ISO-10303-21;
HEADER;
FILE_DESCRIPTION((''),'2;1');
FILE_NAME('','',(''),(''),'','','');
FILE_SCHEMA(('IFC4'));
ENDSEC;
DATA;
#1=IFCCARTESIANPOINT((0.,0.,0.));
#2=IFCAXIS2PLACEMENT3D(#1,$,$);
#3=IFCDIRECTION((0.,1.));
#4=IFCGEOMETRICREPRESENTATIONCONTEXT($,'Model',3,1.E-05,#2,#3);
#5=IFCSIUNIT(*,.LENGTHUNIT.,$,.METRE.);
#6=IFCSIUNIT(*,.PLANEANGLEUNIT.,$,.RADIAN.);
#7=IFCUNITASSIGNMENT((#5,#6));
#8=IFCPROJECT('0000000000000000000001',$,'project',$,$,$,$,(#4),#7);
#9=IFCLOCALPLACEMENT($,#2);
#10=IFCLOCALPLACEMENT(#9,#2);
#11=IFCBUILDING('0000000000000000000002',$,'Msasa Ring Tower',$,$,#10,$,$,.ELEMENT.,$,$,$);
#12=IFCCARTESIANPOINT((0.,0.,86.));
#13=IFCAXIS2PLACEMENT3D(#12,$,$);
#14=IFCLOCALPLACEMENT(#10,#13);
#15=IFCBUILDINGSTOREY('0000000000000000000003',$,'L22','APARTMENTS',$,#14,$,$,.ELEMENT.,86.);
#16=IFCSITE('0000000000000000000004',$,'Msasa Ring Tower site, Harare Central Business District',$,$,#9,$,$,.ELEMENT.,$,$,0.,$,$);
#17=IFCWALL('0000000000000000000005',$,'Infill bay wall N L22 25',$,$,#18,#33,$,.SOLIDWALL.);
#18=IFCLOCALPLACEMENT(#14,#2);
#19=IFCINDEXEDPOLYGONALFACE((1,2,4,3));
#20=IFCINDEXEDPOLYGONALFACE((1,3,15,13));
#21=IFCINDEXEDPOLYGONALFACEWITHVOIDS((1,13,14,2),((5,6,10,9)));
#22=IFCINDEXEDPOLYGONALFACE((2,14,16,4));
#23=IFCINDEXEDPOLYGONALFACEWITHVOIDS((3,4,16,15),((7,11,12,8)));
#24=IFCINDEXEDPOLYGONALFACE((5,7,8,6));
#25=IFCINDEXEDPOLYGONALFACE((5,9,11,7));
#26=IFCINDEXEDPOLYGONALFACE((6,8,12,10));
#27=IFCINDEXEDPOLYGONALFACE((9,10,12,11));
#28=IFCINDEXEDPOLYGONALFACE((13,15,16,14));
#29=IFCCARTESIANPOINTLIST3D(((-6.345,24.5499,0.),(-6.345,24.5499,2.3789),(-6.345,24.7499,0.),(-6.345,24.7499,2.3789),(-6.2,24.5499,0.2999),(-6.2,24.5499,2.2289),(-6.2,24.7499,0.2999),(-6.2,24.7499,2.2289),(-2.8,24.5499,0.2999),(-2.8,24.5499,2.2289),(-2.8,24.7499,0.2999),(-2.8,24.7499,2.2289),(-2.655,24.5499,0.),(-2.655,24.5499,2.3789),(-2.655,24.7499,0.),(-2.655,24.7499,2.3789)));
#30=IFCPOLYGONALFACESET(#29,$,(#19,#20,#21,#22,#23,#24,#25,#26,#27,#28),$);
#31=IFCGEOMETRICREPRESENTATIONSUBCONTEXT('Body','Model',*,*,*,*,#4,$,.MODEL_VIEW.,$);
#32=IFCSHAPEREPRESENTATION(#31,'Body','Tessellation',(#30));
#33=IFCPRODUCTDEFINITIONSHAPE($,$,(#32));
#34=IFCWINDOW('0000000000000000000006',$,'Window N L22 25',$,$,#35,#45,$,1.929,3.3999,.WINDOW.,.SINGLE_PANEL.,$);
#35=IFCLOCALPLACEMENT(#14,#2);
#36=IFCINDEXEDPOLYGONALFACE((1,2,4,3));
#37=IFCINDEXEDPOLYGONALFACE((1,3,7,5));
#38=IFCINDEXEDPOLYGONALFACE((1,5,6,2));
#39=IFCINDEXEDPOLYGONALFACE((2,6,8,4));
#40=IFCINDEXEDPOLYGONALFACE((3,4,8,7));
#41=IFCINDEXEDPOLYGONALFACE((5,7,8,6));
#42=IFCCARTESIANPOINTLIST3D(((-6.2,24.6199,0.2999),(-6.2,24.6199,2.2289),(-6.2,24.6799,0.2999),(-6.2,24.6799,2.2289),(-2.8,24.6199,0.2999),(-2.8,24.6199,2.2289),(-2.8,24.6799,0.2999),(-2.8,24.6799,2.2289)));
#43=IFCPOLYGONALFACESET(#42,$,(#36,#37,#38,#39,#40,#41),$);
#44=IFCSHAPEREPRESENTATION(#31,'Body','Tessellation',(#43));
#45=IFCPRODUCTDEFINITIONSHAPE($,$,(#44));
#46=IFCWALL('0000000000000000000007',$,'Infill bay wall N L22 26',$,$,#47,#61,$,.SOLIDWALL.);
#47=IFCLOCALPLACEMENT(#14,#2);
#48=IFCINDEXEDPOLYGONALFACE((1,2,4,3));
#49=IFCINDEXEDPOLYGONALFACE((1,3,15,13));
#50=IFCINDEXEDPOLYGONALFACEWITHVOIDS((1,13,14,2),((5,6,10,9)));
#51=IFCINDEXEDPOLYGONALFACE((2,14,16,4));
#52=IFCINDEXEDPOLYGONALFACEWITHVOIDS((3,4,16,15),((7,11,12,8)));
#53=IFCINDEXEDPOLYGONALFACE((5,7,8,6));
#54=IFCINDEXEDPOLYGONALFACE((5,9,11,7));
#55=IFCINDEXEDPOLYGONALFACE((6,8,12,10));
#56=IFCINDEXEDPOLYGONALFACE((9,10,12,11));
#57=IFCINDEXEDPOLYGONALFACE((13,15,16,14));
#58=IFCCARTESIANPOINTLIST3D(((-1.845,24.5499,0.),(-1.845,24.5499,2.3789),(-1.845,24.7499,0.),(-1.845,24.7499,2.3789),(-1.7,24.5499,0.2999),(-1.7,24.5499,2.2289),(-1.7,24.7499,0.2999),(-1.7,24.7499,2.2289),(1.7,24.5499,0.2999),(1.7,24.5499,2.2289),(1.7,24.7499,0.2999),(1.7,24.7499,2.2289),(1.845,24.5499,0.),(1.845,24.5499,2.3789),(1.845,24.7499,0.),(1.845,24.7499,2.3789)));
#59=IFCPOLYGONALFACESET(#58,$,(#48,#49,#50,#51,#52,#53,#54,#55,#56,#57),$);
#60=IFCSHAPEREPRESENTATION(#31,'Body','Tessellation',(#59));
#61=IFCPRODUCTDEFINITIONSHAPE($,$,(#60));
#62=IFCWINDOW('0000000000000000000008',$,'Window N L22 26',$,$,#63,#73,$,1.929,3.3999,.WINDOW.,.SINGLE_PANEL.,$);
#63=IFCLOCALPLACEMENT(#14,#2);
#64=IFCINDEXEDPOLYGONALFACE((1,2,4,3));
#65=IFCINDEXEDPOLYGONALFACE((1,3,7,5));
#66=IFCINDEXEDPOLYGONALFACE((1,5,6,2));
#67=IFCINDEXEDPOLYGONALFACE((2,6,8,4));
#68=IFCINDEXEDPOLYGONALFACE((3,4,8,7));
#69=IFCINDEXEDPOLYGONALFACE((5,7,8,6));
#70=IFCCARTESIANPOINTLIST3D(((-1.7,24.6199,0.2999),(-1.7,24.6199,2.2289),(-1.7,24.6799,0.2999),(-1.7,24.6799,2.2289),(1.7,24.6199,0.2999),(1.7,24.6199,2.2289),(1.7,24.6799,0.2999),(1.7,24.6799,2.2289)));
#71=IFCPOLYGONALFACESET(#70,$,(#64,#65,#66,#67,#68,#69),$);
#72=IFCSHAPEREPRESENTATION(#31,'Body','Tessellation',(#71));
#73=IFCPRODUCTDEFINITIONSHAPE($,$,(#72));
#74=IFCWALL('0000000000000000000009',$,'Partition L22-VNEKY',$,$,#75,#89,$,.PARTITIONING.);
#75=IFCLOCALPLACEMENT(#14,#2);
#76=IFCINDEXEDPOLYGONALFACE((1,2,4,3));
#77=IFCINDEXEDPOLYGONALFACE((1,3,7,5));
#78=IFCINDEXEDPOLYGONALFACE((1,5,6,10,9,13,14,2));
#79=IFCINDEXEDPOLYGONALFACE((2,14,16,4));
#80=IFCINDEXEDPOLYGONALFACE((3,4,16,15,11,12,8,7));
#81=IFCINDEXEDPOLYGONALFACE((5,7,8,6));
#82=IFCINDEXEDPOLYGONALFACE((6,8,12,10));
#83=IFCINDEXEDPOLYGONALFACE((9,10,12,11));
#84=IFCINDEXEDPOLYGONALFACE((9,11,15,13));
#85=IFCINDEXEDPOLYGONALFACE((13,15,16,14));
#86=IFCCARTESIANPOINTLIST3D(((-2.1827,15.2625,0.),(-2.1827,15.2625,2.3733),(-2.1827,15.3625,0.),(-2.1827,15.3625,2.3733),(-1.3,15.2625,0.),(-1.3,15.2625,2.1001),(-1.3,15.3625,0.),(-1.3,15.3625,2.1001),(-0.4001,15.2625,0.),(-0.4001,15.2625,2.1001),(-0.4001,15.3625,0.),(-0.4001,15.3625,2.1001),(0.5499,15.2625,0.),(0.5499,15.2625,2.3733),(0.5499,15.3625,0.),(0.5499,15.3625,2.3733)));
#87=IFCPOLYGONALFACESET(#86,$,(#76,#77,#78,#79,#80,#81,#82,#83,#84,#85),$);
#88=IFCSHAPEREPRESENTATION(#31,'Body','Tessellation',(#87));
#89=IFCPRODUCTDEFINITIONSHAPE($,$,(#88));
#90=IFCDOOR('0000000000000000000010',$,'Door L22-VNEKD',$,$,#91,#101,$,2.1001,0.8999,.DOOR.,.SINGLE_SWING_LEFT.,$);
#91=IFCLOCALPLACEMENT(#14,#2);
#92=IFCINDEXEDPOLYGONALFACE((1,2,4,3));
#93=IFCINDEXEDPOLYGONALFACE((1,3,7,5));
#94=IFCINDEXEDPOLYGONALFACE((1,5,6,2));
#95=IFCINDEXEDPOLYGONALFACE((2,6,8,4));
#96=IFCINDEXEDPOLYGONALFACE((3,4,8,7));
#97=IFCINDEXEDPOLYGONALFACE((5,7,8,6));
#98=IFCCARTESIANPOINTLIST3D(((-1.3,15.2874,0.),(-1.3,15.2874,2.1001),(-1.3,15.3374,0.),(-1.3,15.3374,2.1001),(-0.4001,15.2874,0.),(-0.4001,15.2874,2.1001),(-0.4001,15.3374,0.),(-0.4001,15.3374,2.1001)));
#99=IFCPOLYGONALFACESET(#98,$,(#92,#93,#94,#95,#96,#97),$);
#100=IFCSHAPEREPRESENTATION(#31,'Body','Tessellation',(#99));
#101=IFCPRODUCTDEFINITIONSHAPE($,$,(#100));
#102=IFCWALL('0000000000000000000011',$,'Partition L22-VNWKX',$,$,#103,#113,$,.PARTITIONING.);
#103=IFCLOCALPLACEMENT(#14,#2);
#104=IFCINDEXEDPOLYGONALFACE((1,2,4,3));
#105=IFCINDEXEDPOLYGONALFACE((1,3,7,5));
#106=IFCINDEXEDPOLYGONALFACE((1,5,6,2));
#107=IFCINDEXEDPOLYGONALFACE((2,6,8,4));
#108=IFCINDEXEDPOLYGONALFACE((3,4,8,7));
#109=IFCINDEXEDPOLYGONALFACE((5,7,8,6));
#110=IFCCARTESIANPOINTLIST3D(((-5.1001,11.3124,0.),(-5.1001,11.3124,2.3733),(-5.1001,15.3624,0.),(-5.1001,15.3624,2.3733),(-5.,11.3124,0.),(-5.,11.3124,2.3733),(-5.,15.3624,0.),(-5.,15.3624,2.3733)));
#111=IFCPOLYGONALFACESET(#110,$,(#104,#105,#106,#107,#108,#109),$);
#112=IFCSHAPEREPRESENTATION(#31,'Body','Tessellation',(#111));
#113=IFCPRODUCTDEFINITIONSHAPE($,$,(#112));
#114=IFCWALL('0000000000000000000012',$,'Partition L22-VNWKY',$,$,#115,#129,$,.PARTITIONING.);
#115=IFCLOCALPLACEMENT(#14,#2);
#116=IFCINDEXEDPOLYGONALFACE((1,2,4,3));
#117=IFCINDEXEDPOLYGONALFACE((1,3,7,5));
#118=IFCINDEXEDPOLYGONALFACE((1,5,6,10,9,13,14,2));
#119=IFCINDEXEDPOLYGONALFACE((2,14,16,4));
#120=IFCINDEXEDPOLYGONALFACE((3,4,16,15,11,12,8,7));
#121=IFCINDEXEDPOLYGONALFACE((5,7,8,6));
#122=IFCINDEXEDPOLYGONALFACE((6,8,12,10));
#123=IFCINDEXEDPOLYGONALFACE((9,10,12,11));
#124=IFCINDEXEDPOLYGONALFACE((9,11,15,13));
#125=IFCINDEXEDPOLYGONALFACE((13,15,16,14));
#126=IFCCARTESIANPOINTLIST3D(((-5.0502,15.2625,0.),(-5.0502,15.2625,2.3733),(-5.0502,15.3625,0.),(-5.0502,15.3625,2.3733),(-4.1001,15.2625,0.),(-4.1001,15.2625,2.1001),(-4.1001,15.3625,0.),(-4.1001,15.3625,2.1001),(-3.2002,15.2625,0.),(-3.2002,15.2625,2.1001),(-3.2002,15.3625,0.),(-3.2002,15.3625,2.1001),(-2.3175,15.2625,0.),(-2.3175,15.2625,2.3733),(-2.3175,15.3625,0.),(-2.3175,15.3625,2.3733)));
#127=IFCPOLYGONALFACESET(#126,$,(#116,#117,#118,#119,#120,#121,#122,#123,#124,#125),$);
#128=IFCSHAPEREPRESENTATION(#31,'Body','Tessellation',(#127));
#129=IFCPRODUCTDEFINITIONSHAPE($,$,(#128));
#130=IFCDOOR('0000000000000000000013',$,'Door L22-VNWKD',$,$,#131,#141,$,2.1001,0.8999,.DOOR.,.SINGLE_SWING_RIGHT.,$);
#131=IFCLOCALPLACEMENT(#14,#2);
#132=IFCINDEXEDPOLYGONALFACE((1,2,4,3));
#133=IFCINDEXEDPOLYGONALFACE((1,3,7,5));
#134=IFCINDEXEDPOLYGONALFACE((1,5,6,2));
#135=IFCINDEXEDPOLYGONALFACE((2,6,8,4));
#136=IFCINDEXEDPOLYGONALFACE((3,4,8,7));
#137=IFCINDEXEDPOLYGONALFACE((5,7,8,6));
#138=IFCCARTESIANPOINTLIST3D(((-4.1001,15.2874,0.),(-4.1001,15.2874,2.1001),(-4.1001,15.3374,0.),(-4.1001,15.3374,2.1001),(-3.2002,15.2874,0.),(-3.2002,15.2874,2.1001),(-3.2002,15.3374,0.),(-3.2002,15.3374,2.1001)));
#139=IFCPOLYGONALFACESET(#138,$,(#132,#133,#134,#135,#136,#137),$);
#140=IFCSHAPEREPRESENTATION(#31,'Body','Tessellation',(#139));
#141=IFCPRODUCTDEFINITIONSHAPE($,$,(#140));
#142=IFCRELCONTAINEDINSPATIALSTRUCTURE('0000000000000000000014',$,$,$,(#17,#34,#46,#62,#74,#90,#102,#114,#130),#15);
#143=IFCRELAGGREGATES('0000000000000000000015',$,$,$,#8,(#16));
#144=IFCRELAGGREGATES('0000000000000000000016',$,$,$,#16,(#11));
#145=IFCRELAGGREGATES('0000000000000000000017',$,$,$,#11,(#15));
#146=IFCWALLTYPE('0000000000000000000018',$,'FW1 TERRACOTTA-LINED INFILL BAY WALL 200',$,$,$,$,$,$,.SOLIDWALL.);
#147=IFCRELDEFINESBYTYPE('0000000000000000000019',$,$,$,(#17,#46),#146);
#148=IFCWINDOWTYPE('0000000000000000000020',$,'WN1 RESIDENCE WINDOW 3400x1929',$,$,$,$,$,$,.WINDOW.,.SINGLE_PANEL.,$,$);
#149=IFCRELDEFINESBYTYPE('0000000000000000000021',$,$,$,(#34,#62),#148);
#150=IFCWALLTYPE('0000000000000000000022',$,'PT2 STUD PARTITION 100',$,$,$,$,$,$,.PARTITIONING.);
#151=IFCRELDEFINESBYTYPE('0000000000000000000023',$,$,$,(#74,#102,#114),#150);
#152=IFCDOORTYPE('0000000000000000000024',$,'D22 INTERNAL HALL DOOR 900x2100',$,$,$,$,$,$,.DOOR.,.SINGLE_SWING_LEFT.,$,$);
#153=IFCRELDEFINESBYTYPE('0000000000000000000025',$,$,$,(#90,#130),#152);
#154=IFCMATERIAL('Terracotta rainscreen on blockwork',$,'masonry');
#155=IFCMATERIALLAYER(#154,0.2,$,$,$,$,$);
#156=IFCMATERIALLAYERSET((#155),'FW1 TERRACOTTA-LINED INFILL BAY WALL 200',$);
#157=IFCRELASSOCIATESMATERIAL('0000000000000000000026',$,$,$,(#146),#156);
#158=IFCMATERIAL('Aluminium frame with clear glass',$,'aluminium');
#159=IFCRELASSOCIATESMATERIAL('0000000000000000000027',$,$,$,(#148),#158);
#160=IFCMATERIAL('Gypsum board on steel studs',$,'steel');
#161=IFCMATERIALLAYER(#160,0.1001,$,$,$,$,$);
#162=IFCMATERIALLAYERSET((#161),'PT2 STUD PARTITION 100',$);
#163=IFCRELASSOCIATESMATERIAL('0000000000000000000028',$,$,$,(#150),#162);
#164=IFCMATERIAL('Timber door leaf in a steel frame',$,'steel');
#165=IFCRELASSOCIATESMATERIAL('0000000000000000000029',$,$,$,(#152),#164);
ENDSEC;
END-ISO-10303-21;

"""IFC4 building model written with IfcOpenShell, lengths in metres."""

from ifc_helpers import new_model, si_unit, direction, frame, frame_2d, origin, place, context, subcontext, project, spatial, rectangle, extrude, material, layer, layer_set, type_object, element, fill, save


model = new_model("IFC4")

# Units and contexts
model_context = context("Model", 3, precision=1e-05, world=origin(), true_north=direction((0.0, 1.0)))
body_context = subcontext(model_context, "Body", "Model", "MODEL_VIEW")
ifc_project = project(units=[si_unit("LENGTHUNIT", "METRE"), si_unit("PLANEANGLEUNIT", "RADIAN")], contexts=[model_context])

# Site, building, storey
site_placement = place(None, origin())
site = spatial("IfcSite", under=ifc_project, at=site_placement, Name="Msasa Ring Tower site, Harare Central Business District", CompositionType="ELEMENT", RefElevation=0.0)
building_placement = place(site_placement, origin())
building = spatial("IfcBuilding", under=site, at=building_placement, Name="Msasa Ring Tower", CompositionType="ELEMENT")
storey_placement = place(building_placement, frame((0.0, 0.0, 86.0)))
storey = spatial("IfcBuildingStorey", under=building, at=storey_placement, Name="L22", Description="APARTMENTS", CompositionType="ELEMENT", Elevation=86.0)

# Walls, openings, windows
ifc_material_1 = material(Name="Terracotta rainscreen on blockwork", Category="masonry")
ifc_layer_1 = layer(ifc_material_1, 0.2)
ifc_layer_set_1 = layer_set([ifc_layer_1], Name="FW1 TERRACOTTA-LINED INFILL BAY WALL 200")
wall_type_1 = type_object("IfcWallType", Name="FW1 TERRACOTTA-LINED INFILL BAY WALL 200", PredefinedType="SOLIDWALL", material=ifc_layer_set_1)
ifc_material_2 = material(Name="Aluminium frame with clear glass", Category="aluminium")
window_type = type_object("IfcWindowType", Name="WN1 RESIDENCE WINDOW 3400x1929", PartitioningType="SINGLE_PANEL", PredefinedType="WINDOW", material=ifc_material_2)
wall_1_placement = place(storey_placement, frame((-6.345, 24.6499, 0.0), z_axis=(0.0, 0.0, 1.0), x_axis=(1.0, 0.0, 0.0)))
wall_1 = element("IfcWall", 1, at=wall_1_placement, inside=storey, type_object=wall_type_1, Name="Infill bay wall N L22 25", PredefinedType="SOLIDWALL", context=body_context, shape_type="SweptSolid", body=[
    extrude(rectangle(XDim=3.6899, YDim=0.2, at=frame_2d((1.845, 0.0))), origin(), (0.0, 0.0, 1.0), 2.3789),
])
opening_1_placement = place(wall_1_placement, frame((0.145, 0.0, 0.3)))
opening_1 = element("IfcOpeningElement", 2, at=opening_1_placement, cuts=wall_1, PredefinedType="OPENING", context=body_context, shape_type="SweptSolid", body=[
    extrude(rectangle(XDim=3.3999, YDim=1.929, at=frame_2d((1.7, 0.9644))), frame((0.0, 0.1099, 0.0), z_axis=(0.0, -1.0, 0.0), x_axis=(1.0, 0.0, 0.0)), (0.0, 0.0, 1.0), 0.22),
])
window_1_placement = place(opening_1_placement, origin())
window_1 = element("IfcWindow", 3, at=window_1_placement, inside=storey, type_object=window_type, Name="Window N L22 25", OverallHeight=1.929, OverallWidth=3.3999, PartitioningType="SINGLE_PANEL", PredefinedType="WINDOW", context=body_context, shape_type="SweptSolid", body=[
    extrude(rectangle(XDim=3.3999, YDim=1.929, at=frame_2d((1.7, 0.9644))), frame((0.0, 0.03, 0.0), z_axis=(0.0, -1.0, 0.0), x_axis=(1.0, 0.0, 0.0)), (0.0, 0.0, 1.0), 0.0601),
])
fill(opening_1, window_1)
wall_2_placement = place(storey_placement, frame((-1.845, 24.6499, 0.0), z_axis=(0.0, 0.0, 1.0), x_axis=(1.0, 0.0, 0.0)))
wall_2 = element("IfcWall", 4, at=wall_2_placement, inside=storey, type_object=wall_type_1, Name="Infill bay wall N L22 26", PredefinedType="SOLIDWALL", context=body_context, shape_type="SweptSolid", body=[
    extrude(rectangle(XDim=3.6899, YDim=0.2, at=frame_2d((1.845, 0.0))), origin(), (0.0, 0.0, 1.0), 2.3789),
])
opening_2_placement = place(wall_2_placement, frame((0.145, 0.0, 0.3)))
opening_2 = element("IfcOpeningElement", 5, at=opening_2_placement, cuts=wall_2, PredefinedType="OPENING", context=body_context, shape_type="SweptSolid", body=[
    extrude(rectangle(XDim=3.3999, YDim=1.929, at=frame_2d((1.7, 0.9644))), frame((0.0, 0.1099, 0.0), z_axis=(0.0, -1.0, 0.0), x_axis=(1.0, 0.0, 0.0)), (0.0, 0.0, 1.0), 0.22),
])
window_2_placement = place(opening_2_placement, origin())
window_2 = element("IfcWindow", 6, at=window_2_placement, inside=storey, type_object=window_type, Name="Window N L22 26", OverallHeight=1.929, OverallWidth=3.3999, PartitioningType="SINGLE_PANEL", PredefinedType="WINDOW", context=body_context, shape_type="SweptSolid", body=[
    extrude(rectangle(XDim=3.3999, YDim=1.929, at=frame_2d((1.7, 0.9644))), frame((0.0, 0.03, 0.0), z_axis=(0.0, -1.0, 0.0), x_axis=(1.0, 0.0, 0.0)), (0.0, 0.0, 1.0), 0.0601),
])
fill(opening_2, window_2)

# Wall, opening, door
ifc_material_3 = material(Name="Gypsum board on steel studs", Category="steel")
ifc_layer_2 = layer(ifc_material_3, 0.1001)
ifc_layer_set_2 = layer_set([ifc_layer_2], Name="PT2 STUD PARTITION 100")
wall_type_2 = type_object("IfcWallType", Name="PT2 STUD PARTITION 100", PredefinedType="PARTITIONING", material=ifc_layer_set_2)
wall_3_placement = place(storey_placement, frame((-2.1826, 15.3125, 0.0), z_axis=(0.0, 0.0, 1.0), x_axis=(1.0, 0.0, 0.0)))
wall_3 = element("IfcWall", 7, at=wall_3_placement, inside=storey, type_object=wall_type_2, Name="Partition L22-VNEKY", PredefinedType="PARTITIONING", context=body_context, shape_type="SweptSolid", body=[
    extrude(rectangle(XDim=2.7327, YDim=0.1001, at=frame_2d((1.3662, 0.0))), origin(), (0.0, 0.0, 1.0), 2.3733),
])
opening_3_placement = place(wall_3_placement, frame((0.8826, 0.0, 0.0)))
opening_3 = element("IfcOpeningElement", 8, at=opening_3_placement, cuts=wall_3, PredefinedType="OPENING", context=body_context, shape_type="SweptSolid", body=[
    extrude(rectangle(XDim=0.8999, YDim=2.1001, at=frame_2d((0.45, 1.05))), frame((0.0, 0.0601, 0.0), z_axis=(0.0, -1.0, 0.0), x_axis=(1.0, 0.0, 0.0)), (0.0, 0.0, 1.0), 0.1201),
])
ifc_material_4 = material(Name="Timber door leaf in a steel frame", Category="steel")
door_type_1 = type_object("IfcDoorType", Name="D22 INTERNAL HALL DOOR 900x2100", OperationType="SINGLE_SWING_LEFT", PredefinedType="DOOR", material=ifc_material_4)
door_1_placement = place(opening_3_placement, origin())
door_1 = element("IfcDoor", 9, at=door_1_placement, inside=storey, type_object=door_type_1, Name="Door L22-VNEKD", OperationType="SINGLE_SWING_LEFT", OverallHeight=2.1001, OverallWidth=0.8999, PredefinedType="DOOR", context=body_context, shape_type="SweptSolid", body=[
    extrude(rectangle(XDim=0.8999, YDim=2.1001, at=frame_2d((0.45, 1.05))), frame((0.0, 0.0249, 0.0), z_axis=(0.0, -1.0, 0.0), x_axis=(1.0, 0.0, 0.0)), (0.0, 0.0, 1.0), 0.05),
])
fill(opening_3, door_1)

# Wall
wall_4_placement = place(storey_placement, frame((-5.05, 11.3125, 0.0), z_axis=(0.0, 0.0, 1.0), x_axis=(0.0, 1.0, 0.0)))
element("IfcWall", 10, at=wall_4_placement, inside=storey, type_object=wall_type_2, Name="Partition L22-VNWKX", PredefinedType="PARTITIONING", context=body_context, shape_type="SweptSolid", body=[
    extrude(rectangle(XDim=4.05, YDim=0.1001, at=frame_2d((2.0249, 0.0))), origin(), (0.0, 0.0, 1.0), 2.3733),
])

# Wall, opening, door
wall_5_placement = place(storey_placement, frame((-5.05, 15.3125, 0.0), z_axis=(0.0, 0.0, 1.0), x_axis=(1.0, 0.0, 0.0)))
wall_5 = element("IfcWall", 11, at=wall_5_placement, inside=storey, type_object=wall_type_2, Name="Partition L22-VNWKY", PredefinedType="PARTITIONING", context=body_context, shape_type="SweptSolid", body=[
    extrude(rectangle(XDim=2.7327, YDim=0.1001, at=frame_2d((1.3662, 0.0))), origin(), (0.0, 0.0, 1.0), 2.3733),
])
opening_4_placement = place(wall_5_placement, frame((0.95, 0.0, 0.0)))
opening_4 = element("IfcOpeningElement", 12, at=opening_4_placement, cuts=wall_5, PredefinedType="OPENING", context=body_context, shape_type="SweptSolid", body=[
    extrude(rectangle(XDim=0.8999, YDim=2.1001, at=frame_2d((0.45, 1.05))), frame((0.0, 0.0601, 0.0), z_axis=(0.0, -1.0, 0.0), x_axis=(1.0, 0.0, 0.0)), (0.0, 0.0, 1.0), 0.1201),
])
door_2_placement = place(opening_4_placement, origin())
door_2 = element("IfcDoor", 13, at=door_2_placement, inside=storey, type_object=door_type_1, Name="Door L22-VNWKD", OperationType="SINGLE_SWING_RIGHT", OverallHeight=2.1001, OverallWidth=0.8999, PredefinedType="DOOR", context=body_context, shape_type="SweptSolid", body=[
    extrude(rectangle(XDim=0.8999, YDim=2.1001, at=frame_2d((0.45, 1.05))), frame((0.0, 0.0249, 0.0), z_axis=(0.0, -1.0, 0.0), x_axis=(1.0, 0.0, 0.0)), (0.0, 0.0, 1.0), 0.05),
])
fill(opening_4, door_2)

save(model, "model.ifc")
